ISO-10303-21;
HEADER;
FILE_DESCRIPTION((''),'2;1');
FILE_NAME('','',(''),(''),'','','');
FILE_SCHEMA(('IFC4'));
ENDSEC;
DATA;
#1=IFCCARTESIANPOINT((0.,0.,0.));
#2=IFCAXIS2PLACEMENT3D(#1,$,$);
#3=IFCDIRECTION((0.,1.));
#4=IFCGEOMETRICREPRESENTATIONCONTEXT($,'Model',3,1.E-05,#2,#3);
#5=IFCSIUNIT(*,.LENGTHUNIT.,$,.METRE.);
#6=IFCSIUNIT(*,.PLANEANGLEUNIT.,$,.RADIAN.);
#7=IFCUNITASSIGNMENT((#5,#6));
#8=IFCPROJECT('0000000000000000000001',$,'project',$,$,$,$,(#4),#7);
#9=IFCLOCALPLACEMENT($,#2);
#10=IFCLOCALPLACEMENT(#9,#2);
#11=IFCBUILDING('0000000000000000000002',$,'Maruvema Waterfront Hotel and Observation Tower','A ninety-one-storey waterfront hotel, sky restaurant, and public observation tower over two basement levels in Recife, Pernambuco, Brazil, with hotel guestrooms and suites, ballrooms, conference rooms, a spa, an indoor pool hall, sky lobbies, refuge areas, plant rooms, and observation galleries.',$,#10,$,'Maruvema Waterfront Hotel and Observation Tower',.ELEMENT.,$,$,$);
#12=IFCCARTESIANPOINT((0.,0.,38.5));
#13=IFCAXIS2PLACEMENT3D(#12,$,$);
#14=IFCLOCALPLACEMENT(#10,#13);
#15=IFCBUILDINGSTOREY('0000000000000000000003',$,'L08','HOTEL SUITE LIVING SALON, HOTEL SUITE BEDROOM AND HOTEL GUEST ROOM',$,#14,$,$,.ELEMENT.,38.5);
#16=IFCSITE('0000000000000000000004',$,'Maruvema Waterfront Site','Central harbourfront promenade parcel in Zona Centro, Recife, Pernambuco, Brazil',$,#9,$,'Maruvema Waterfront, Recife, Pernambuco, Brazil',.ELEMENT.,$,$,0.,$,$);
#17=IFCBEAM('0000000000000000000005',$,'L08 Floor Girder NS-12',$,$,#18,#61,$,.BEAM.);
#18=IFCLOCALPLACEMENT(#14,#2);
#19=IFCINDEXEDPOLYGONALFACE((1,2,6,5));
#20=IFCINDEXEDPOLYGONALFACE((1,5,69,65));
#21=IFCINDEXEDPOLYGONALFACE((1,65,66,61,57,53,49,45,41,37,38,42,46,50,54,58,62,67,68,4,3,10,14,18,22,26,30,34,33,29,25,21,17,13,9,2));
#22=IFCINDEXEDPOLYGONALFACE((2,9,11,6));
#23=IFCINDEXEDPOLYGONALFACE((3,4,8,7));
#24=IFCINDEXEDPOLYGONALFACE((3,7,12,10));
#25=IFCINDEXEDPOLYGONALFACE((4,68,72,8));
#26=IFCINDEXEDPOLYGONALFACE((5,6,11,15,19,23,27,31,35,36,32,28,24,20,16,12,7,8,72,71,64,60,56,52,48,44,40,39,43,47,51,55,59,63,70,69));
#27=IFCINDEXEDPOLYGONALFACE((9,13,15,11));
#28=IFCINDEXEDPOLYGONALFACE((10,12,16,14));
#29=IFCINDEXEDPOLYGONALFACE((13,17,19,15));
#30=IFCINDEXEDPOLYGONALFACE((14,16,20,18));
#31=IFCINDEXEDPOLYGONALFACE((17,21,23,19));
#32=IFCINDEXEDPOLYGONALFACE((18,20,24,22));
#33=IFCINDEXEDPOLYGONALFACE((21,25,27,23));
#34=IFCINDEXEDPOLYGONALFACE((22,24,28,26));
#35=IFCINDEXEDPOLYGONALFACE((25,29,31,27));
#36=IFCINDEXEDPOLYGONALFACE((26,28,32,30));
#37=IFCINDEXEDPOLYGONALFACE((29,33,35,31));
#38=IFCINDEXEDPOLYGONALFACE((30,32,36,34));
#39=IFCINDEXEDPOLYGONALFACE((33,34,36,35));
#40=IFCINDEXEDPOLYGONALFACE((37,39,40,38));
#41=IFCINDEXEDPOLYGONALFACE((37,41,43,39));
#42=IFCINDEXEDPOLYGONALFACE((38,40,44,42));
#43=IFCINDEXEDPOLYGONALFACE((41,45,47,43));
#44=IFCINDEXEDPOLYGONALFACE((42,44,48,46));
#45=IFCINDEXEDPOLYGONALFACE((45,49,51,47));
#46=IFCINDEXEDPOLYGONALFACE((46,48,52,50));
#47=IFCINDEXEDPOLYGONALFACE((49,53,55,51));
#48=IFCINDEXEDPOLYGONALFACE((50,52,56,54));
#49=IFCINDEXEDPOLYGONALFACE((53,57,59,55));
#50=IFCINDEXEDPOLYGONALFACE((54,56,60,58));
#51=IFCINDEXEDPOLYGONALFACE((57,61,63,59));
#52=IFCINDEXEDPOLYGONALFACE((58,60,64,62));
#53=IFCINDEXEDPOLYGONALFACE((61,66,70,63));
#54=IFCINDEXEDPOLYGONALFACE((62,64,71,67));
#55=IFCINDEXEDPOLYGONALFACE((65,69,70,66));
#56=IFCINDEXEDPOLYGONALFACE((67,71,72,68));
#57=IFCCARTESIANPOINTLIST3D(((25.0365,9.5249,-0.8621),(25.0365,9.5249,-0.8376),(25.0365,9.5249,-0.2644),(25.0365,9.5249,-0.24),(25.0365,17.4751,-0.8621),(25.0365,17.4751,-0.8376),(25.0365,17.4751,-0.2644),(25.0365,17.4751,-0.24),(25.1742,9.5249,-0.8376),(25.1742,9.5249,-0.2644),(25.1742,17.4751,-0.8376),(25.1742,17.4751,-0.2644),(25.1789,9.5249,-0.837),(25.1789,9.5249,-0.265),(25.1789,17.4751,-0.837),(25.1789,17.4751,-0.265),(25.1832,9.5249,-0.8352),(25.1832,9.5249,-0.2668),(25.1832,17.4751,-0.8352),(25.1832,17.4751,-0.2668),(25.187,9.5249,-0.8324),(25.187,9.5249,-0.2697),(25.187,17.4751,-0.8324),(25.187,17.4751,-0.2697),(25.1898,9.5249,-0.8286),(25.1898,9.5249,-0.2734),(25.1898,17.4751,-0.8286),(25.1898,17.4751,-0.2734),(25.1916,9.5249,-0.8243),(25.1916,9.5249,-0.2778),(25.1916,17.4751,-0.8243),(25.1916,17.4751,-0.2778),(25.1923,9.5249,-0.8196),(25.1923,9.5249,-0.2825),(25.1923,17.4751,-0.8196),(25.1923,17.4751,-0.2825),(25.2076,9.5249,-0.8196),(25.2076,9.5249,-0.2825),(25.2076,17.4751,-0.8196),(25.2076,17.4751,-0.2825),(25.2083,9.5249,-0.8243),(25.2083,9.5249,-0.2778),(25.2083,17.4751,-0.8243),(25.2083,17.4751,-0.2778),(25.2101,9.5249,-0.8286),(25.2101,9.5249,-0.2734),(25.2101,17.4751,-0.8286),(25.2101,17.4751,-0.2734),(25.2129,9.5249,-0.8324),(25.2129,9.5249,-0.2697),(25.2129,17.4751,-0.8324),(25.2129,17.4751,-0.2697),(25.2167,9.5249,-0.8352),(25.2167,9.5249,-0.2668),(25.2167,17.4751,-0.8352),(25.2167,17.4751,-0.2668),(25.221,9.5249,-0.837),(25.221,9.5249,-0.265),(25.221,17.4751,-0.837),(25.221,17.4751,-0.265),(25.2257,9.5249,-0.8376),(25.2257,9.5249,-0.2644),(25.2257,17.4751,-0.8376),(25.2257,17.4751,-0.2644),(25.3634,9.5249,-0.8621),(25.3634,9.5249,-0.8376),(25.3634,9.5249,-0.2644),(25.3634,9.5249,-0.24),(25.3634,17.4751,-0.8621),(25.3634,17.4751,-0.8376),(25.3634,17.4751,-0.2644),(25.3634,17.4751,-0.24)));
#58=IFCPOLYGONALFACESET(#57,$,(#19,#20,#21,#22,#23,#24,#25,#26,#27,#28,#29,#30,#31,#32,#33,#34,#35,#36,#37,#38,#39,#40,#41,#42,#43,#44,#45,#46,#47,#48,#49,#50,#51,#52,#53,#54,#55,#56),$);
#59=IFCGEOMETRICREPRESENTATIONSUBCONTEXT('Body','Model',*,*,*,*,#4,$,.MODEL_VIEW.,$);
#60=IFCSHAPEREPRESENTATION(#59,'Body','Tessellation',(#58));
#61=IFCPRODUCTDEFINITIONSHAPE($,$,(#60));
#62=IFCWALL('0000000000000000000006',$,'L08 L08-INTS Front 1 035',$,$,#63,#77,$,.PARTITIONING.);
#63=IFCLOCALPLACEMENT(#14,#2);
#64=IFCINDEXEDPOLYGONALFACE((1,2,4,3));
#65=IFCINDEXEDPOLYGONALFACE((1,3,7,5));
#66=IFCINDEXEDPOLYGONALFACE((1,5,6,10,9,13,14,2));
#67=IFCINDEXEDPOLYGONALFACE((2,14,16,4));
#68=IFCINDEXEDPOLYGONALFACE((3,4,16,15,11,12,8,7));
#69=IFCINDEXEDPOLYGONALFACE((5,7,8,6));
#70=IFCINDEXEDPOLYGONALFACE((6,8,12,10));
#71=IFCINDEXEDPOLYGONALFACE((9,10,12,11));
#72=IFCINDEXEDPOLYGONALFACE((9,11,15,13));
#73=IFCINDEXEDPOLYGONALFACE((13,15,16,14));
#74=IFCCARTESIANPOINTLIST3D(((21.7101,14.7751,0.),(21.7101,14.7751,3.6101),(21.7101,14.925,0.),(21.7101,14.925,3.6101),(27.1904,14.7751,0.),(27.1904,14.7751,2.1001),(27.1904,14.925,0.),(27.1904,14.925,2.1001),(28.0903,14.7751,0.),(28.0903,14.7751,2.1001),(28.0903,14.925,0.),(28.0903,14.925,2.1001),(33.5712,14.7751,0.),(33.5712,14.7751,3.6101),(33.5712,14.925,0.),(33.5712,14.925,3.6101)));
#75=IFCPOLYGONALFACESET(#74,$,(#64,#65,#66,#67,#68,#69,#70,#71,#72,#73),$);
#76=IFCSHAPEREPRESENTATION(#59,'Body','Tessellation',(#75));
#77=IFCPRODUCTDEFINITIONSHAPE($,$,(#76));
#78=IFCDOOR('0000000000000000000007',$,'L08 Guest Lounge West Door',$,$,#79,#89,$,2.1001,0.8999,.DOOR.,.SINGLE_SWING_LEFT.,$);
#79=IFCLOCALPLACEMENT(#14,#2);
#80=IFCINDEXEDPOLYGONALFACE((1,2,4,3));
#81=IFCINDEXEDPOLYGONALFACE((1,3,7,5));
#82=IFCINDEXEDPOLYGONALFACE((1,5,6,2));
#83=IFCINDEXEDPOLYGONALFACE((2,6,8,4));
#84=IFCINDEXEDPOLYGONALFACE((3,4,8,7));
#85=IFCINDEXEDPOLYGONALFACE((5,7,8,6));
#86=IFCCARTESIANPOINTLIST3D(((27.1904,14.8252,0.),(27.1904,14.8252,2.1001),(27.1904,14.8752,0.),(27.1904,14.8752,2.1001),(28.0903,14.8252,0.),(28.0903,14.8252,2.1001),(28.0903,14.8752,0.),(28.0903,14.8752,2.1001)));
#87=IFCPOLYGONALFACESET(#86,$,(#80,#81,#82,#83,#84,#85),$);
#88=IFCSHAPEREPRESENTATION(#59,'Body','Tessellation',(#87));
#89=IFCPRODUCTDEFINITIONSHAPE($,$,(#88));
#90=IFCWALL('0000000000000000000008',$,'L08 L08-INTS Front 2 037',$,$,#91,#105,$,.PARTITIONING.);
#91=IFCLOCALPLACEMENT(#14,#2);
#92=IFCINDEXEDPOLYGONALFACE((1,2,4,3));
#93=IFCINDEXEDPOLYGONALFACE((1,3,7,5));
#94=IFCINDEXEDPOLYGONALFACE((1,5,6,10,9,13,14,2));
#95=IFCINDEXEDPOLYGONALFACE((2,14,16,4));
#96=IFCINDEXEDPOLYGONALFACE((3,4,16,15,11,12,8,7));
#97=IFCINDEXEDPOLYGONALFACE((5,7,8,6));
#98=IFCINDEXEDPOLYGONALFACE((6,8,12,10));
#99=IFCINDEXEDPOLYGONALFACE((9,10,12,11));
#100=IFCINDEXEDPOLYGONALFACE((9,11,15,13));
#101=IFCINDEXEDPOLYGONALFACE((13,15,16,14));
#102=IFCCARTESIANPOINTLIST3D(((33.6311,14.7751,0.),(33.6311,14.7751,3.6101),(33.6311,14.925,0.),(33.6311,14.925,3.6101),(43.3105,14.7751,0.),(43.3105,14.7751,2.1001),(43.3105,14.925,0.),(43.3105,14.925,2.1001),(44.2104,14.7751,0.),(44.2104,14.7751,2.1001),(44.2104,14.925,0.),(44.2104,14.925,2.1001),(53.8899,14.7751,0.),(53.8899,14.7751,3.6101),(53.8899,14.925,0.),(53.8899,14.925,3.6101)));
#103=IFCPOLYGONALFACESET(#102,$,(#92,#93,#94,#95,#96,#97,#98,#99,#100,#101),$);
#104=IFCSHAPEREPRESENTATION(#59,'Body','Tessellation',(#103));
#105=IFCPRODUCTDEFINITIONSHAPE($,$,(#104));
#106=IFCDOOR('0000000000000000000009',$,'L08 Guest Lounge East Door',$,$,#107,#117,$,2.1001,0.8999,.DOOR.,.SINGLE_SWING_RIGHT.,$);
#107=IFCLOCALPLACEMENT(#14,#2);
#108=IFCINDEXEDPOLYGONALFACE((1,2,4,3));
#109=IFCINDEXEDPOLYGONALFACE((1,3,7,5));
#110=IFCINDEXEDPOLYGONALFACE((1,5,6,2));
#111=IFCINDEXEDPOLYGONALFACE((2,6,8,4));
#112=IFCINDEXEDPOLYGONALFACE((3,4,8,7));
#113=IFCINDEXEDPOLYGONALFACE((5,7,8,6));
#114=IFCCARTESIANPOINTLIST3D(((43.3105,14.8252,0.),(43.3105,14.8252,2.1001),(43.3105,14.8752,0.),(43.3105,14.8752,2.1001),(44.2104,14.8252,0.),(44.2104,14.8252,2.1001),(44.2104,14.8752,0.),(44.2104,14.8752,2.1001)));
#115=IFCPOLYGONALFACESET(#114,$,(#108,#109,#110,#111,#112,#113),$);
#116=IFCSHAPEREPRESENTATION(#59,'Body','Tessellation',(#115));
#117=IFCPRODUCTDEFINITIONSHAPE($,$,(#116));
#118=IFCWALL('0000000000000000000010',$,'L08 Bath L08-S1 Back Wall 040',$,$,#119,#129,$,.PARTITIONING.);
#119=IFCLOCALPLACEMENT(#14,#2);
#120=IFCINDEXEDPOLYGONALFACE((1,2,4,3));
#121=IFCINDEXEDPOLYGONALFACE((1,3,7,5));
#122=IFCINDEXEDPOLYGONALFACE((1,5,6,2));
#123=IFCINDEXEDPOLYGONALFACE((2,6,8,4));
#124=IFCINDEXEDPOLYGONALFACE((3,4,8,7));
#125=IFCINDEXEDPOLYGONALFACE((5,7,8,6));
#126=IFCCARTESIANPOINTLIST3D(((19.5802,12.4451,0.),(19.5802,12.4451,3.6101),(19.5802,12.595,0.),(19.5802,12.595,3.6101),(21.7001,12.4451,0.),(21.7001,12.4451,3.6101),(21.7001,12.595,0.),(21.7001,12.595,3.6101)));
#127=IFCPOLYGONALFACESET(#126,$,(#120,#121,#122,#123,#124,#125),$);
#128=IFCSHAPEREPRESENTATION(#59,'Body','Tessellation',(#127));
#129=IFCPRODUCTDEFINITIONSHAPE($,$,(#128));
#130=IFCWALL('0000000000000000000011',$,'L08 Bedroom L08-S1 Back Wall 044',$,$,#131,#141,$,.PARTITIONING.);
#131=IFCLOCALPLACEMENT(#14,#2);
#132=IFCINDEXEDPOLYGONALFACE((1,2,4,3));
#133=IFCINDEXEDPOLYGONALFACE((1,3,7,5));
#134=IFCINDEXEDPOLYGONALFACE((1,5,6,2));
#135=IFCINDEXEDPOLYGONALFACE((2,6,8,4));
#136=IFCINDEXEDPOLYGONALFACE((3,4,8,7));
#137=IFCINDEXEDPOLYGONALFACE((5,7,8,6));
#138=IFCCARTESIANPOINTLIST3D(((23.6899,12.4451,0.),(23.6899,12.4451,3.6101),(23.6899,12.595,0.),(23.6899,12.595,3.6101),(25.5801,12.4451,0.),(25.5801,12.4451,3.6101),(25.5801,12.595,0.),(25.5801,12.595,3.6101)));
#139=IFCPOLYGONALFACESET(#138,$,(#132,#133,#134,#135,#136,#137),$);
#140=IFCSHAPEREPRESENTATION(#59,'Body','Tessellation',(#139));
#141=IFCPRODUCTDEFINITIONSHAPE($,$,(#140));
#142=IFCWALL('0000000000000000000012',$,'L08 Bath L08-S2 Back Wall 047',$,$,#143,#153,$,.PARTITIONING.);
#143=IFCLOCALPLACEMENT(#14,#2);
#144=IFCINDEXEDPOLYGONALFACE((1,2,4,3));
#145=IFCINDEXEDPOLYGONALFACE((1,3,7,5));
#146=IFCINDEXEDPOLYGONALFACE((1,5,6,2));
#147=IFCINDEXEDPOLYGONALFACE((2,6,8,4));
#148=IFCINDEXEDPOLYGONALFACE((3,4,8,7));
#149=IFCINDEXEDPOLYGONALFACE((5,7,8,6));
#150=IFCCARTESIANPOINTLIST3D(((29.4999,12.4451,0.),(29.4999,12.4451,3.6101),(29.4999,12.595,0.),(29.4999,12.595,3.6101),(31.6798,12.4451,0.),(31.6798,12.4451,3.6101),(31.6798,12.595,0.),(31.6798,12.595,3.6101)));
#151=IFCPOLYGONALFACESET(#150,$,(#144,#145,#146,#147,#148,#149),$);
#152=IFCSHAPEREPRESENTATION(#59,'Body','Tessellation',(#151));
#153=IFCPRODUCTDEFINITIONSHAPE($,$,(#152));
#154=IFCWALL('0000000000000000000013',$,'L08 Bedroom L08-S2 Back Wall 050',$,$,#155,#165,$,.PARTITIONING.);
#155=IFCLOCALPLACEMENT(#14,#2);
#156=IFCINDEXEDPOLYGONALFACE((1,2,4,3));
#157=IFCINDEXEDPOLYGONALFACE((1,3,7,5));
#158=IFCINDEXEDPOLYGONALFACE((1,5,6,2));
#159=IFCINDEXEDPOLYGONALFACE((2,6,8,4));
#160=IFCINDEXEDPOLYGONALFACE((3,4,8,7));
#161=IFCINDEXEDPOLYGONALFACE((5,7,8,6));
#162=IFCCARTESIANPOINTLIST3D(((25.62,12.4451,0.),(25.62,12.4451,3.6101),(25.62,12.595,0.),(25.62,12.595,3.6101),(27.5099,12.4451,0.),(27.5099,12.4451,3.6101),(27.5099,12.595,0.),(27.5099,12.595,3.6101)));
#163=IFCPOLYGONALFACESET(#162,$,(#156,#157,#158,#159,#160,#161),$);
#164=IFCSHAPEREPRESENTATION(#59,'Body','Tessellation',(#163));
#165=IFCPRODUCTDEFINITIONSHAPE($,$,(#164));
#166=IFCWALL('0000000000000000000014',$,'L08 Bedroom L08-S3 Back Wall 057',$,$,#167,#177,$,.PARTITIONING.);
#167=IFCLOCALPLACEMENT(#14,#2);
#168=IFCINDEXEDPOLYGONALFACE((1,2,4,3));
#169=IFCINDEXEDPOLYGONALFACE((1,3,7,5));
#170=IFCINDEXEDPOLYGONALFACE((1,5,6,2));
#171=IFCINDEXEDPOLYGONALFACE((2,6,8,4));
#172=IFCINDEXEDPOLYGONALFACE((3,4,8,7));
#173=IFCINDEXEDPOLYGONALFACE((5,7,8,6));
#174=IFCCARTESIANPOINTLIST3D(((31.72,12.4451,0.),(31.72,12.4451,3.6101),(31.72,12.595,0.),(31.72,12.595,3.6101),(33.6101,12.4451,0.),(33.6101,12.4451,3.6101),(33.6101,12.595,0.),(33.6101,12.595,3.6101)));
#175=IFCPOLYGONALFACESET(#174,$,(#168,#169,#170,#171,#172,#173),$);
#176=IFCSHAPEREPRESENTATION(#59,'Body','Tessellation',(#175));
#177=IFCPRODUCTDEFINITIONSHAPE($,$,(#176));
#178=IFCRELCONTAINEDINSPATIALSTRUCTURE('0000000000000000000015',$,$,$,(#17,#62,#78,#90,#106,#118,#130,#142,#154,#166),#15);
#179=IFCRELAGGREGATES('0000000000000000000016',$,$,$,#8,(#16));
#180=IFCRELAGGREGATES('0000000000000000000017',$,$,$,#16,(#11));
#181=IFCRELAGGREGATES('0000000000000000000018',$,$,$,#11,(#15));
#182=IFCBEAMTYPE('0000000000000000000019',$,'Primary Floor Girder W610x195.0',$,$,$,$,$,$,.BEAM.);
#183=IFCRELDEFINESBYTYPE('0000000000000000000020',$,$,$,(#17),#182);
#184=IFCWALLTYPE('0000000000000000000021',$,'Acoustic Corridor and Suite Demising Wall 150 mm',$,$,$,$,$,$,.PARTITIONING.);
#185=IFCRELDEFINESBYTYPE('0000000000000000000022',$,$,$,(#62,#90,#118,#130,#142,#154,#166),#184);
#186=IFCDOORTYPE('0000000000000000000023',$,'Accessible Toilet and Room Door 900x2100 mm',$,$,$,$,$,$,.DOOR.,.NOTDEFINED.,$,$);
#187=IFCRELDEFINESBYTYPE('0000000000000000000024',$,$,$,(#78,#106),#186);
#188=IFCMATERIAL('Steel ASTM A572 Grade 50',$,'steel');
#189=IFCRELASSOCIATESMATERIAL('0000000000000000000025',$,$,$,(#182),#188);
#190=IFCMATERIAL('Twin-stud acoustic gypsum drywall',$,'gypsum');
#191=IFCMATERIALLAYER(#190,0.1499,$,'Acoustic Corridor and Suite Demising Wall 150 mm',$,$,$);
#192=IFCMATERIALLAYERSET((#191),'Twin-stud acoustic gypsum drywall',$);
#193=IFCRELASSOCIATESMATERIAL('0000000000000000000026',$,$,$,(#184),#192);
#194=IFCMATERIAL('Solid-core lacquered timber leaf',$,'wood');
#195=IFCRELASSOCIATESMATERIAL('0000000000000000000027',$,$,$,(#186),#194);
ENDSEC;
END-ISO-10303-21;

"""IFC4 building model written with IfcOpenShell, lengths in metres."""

from ifc_helpers import new_model, si_unit, direction, frame, frame_2d, origin, origin_2d, place, context, subcontext, project, spatial, rectangle, i_section, extrude, material, layer, layer_set, material_profile, profile_set, type_object, element, fill, save


model = new_model("IFC4")

# Units and contexts
model_context = context("Model", 3, precision=1e-05, world=origin(), true_north=direction((0.0, 1.0)))
body_context = subcontext(model_context, "Body", "Model", "MODEL_VIEW")
ifc_project = project(units=[si_unit("LENGTHUNIT", "METRE"), si_unit("PLANEANGLEUNIT", "RADIAN")], contexts=[model_context])

# Site, building, storey
site_placement = place(None, origin())
site = spatial("IfcSite", under=ifc_project, at=site_placement, Name="Maruvema Waterfront Site", Description="Central harbourfront promenade parcel in Zona Centro, Recife, Pernambuco, Brazil", LongName="Maruvema Waterfront, Recife, Pernambuco, Brazil", CompositionType="ELEMENT", RefElevation=0.0)
building_placement = place(site_placement, origin())
building = spatial("IfcBuilding", under=site, at=building_placement, Name="Maruvema Waterfront Hotel and Observation Tower", Description="A ninety-one-storey waterfront hotel, sky restaurant, and public observation tower over two basement levels in Recife, Pernambuco, Brazil, with hotel guestrooms and suites, ballrooms, conference rooms, a spa, an indoor pool hall, sky lobbies, refuge areas, plant rooms, and observation galleries.", LongName="Maruvema Waterfront Hotel and Observation Tower", CompositionType="ELEMENT")
storey_placement = place(building_placement, frame((0.0, 0.0, 38.5)))
storey = spatial("IfcBuildingStorey", under=building, at=storey_placement, Name="L08", Description="HOTEL SUITE LIVING SALON, HOTEL SUITE BEDROOM AND HOTEL GUEST ROOM", CompositionType="ELEMENT", Elevation=38.5)

# Beam
ifc_material_1 = material(Name="Steel ASTM A572 Grade 50", Category="steel")
ifc_material_profile = material_profile(ifc_material_1, i_section(OverallWidth=0.3269, OverallDepth=0.6221, WebThickness=0.0154, FlangeThickness=0.0244, FilletRadius=0.0181, at=origin_2d()), Name="W610x195.0")
ifc_profile_set = profile_set([ifc_material_profile], Name="Steel ASTM A572 Grade 50")
beam_type = type_object("IfcBeamType", Name="Primary Floor Girder W610x195.0", PredefinedType="BEAM", material=ifc_profile_set)
beam_placement = place(storey_placement, frame((25.2, 9.5249, -0.551), z_axis=(0.0, 1.0, 0.0), x_axis=(-1.0, 0.0, 0.0)))
element("IfcBeam", 1, at=beam_placement, inside=storey, type_object=beam_type, Name="L08 Floor Girder NS-12", PredefinedType="BEAM", context=body_context, shape_type="SweptSolid", body=[
    extrude(i_section(OverallWidth=0.3269, OverallDepth=0.6221, WebThickness=0.0154, FlangeThickness=0.0244, FilletRadius=0.0181, at=origin_2d()), origin(), (0.0, 0.0, 1.0), 7.9502),
])

# Walls, openings, doors
ifc_material_2 = material(Name="Twin-stud acoustic gypsum drywall", Category="gypsum")
ifc_layer_1 = layer(ifc_material_2, 0.1499, Name="Acoustic Corridor and Suite Demising Wall 150 mm")
ifc_layer_set_1 = layer_set([ifc_layer_1], Name="Twin-stud acoustic gypsum drywall")
wall_type_1 = type_object("IfcWallType", Name="Acoustic Corridor and Suite Demising Wall 150 mm", PredefinedType="PARTITIONING", material=ifc_layer_set_1)
wall_1_placement = place(storey_placement, frame((21.71, 14.8501, 0.0), z_axis=(0.0, 0.0, 1.0), x_axis=(1.0, 0.0, 0.0)))
wall_1 = element("IfcWall", 2, at=wall_1_placement, inside=storey, type_object=wall_type_1, Name="L08 L08-INTS Front 1 035", PredefinedType="PARTITIONING", context=body_context, shape_type="SweptSolid", body=[
    extrude(rectangle(XDim=11.8611, YDim=0.1499, at=frame_2d((5.9307, 0.0))), origin(), (0.0, 0.0, 1.0), 3.6101),
])
opening_1_placement = place(wall_1_placement, frame((5.4805, 0.0, 0.0)))
opening_1 = element("IfcOpeningElement", 3, at=opening_1_placement, cuts=wall_1, PredefinedType="OPENING", context=body_context, shape_type="SweptSolid", body=[
    extrude(rectangle(XDim=0.8999, YDim=2.1001, at=frame_2d((0.45, 1.05))), frame((0.0, 0.085, 0.0), z_axis=(0.0, -1.0, 0.0), x_axis=(1.0, 0.0, 0.0)), (0.0, 0.0, 1.0), 0.1699),
])
ifc_material_3 = material(Name="Solid-core lacquered timber leaf", Category="wood")
door_type_1 = type_object("IfcDoorType", Name="Accessible Toilet and Room Door 900x2100 mm", OperationType="NOTDEFINED", PredefinedType="DOOR", material=ifc_material_3)
door_1_placement = place(opening_1_placement, frame((0.8999, 0.0, 0.0), z_axis=(0.0, 0.0, 1.0), x_axis=(-1.0, 0.0, 0.0)))
door_1 = element("IfcDoor", 4, at=door_1_placement, inside=storey, type_object=door_type_1, Name="L08 Guest Lounge West Door", OperationType="SINGLE_SWING_LEFT", OverallHeight=2.1001, OverallWidth=0.8999, PredefinedType="DOOR", context=body_context, shape_type="SweptSolid", body=[
    extrude(rectangle(XDim=0.8999, YDim=2.1001, at=frame_2d((0.45, 1.05))), frame((0.0, 0.0249, 0.0), z_axis=(0.0, -1.0, 0.0), x_axis=(1.0, 0.0, 0.0)), (0.0, 0.0, 1.0), 0.05),
])
fill(opening_1, door_1)
wall_2_placement = place(storey_placement, frame((33.6311, 14.8501, 0.0), z_axis=(0.0, 0.0, 1.0), x_axis=(1.0, 0.0, 0.0)))
wall_2 = element("IfcWall", 5, at=wall_2_placement, inside=storey, type_object=wall_type_1, Name="L08 L08-INTS Front 2 037", PredefinedType="PARTITIONING", context=body_context, shape_type="SweptSolid", body=[
    extrude(rectangle(XDim=20.2588, YDim=0.1499, at=frame_2d((10.1294, 0.0))), origin(), (0.0, 0.0, 1.0), 3.6101),
])
opening_2_placement = place(wall_2_placement, frame((9.6794, 0.0, 0.0)))
opening_2 = element("IfcOpeningElement", 6, at=opening_2_placement, cuts=wall_2, PredefinedType="OPENING", context=body_context, shape_type="SweptSolid", body=[
    extrude(rectangle(XDim=0.8999, YDim=2.1001, at=frame_2d((0.45, 1.05))), frame((0.0, 0.085, 0.0), z_axis=(0.0, -1.0, 0.0), x_axis=(1.0, 0.0, 0.0)), (0.0, 0.0, 1.0), 0.1699),
])
door_2_placement = place(opening_2_placement, frame((0.8999, 0.0, 0.0), z_axis=(0.0, 0.0, 1.0), x_axis=(-1.0, 0.0, 0.0)))
door_2 = element("IfcDoor", 7, at=door_2_placement, inside=storey, type_object=door_type_1, Name="L08 Guest Lounge East Door", OperationType="SINGLE_SWING_RIGHT", OverallHeight=2.1001, OverallWidth=0.8999, PredefinedType="DOOR", context=body_context, shape_type="SweptSolid", body=[
    extrude(rectangle(XDim=0.8999, YDim=2.1001, at=frame_2d((0.45, 1.05))), frame((0.0, 0.0249, 0.0), z_axis=(0.0, -1.0, 0.0), x_axis=(1.0, 0.0, 0.0)), (0.0, 0.0, 1.0), 0.05),
])
fill(opening_2, door_2)

# Wall
wall_3_placement = place(storey_placement, frame((19.5801, 12.52, 0.0), z_axis=(0.0, 0.0, 1.0), x_axis=(1.0, 0.0, 0.0)))
element("IfcWall", 8, at=wall_3_placement, inside=storey, type_object=wall_type_1, Name="L08 Bath L08-S1 Back Wall 040", PredefinedType="PARTITIONING", context=body_context, shape_type="SweptSolid", body=[
    extrude(rectangle(XDim=2.1199, YDim=0.1499, at=frame_2d((1.0601, 0.0))), origin(), (0.0, 0.0, 1.0), 3.6101),
])

# Walls
wall_4_placement = place(storey_placement, frame((23.6899, 12.52, 0.0), z_axis=(0.0, 0.0, 1.0), x_axis=(1.0, 0.0, 0.0)))
element("IfcWall", 9, at=wall_4_placement, inside=storey, type_object=wall_type_1, Name="L08 Bedroom L08-S1 Back Wall 044", PredefinedType="PARTITIONING", context=body_context, shape_type="SweptSolid", body=[
    extrude(rectangle(XDim=1.8901, YDim=0.1499, at=frame_2d((0.9451, 0.0))), origin(), (0.0, 0.0, 1.0), 3.6101),
])
wall_5_placement = place(storey_placement, frame((29.5, 12.52, 0.0), z_axis=(0.0, 0.0, 1.0), x_axis=(1.0, 0.0, 0.0)))
element("IfcWall", 10, at=wall_5_placement, inside=storey, type_object=wall_type_1, Name="L08 Bath L08-S2 Back Wall 047", PredefinedType="PARTITIONING", context=body_context, shape_type="SweptSolid", body=[
    extrude(rectangle(XDim=2.1799, YDim=0.1499, at=frame_2d((1.0898, 0.0))), origin(), (0.0, 0.0, 1.0), 3.6101),
])
wall_6_placement = place(storey_placement, frame((25.6201, 12.52, 0.0), z_axis=(0.0, 0.0, 1.0), x_axis=(1.0, 0.0, 0.0)))
element("IfcWall", 11, at=wall_6_placement, inside=storey, type_object=wall_type_1, Name="L08 Bedroom L08-S2 Back Wall 050", PredefinedType="PARTITIONING", context=body_context, shape_type="SweptSolid", body=[
    extrude(rectangle(XDim=1.8899, YDim=0.1499, at=frame_2d((0.9448, 0.0))), origin(), (0.0, 0.0, 1.0), 3.6101),
])

# Wall
wall_7_placement = place(storey_placement, frame((31.72, 12.52, 0.0), z_axis=(0.0, 0.0, 1.0), x_axis=(1.0, 0.0, 0.0)))
element("IfcWall", 12, at=wall_7_placement, inside=storey, type_object=wall_type_1, Name="L08 Bedroom L08-S3 Back Wall 057", PredefinedType="PARTITIONING", context=body_context, shape_type="SweptSolid", body=[
    extrude(rectangle(XDim=1.8901, YDim=0.1499, at=frame_2d((0.9451, 0.0))), origin(), (0.0, 0.0, 1.0), 3.6101),
])

save(model, "model.ifc")
